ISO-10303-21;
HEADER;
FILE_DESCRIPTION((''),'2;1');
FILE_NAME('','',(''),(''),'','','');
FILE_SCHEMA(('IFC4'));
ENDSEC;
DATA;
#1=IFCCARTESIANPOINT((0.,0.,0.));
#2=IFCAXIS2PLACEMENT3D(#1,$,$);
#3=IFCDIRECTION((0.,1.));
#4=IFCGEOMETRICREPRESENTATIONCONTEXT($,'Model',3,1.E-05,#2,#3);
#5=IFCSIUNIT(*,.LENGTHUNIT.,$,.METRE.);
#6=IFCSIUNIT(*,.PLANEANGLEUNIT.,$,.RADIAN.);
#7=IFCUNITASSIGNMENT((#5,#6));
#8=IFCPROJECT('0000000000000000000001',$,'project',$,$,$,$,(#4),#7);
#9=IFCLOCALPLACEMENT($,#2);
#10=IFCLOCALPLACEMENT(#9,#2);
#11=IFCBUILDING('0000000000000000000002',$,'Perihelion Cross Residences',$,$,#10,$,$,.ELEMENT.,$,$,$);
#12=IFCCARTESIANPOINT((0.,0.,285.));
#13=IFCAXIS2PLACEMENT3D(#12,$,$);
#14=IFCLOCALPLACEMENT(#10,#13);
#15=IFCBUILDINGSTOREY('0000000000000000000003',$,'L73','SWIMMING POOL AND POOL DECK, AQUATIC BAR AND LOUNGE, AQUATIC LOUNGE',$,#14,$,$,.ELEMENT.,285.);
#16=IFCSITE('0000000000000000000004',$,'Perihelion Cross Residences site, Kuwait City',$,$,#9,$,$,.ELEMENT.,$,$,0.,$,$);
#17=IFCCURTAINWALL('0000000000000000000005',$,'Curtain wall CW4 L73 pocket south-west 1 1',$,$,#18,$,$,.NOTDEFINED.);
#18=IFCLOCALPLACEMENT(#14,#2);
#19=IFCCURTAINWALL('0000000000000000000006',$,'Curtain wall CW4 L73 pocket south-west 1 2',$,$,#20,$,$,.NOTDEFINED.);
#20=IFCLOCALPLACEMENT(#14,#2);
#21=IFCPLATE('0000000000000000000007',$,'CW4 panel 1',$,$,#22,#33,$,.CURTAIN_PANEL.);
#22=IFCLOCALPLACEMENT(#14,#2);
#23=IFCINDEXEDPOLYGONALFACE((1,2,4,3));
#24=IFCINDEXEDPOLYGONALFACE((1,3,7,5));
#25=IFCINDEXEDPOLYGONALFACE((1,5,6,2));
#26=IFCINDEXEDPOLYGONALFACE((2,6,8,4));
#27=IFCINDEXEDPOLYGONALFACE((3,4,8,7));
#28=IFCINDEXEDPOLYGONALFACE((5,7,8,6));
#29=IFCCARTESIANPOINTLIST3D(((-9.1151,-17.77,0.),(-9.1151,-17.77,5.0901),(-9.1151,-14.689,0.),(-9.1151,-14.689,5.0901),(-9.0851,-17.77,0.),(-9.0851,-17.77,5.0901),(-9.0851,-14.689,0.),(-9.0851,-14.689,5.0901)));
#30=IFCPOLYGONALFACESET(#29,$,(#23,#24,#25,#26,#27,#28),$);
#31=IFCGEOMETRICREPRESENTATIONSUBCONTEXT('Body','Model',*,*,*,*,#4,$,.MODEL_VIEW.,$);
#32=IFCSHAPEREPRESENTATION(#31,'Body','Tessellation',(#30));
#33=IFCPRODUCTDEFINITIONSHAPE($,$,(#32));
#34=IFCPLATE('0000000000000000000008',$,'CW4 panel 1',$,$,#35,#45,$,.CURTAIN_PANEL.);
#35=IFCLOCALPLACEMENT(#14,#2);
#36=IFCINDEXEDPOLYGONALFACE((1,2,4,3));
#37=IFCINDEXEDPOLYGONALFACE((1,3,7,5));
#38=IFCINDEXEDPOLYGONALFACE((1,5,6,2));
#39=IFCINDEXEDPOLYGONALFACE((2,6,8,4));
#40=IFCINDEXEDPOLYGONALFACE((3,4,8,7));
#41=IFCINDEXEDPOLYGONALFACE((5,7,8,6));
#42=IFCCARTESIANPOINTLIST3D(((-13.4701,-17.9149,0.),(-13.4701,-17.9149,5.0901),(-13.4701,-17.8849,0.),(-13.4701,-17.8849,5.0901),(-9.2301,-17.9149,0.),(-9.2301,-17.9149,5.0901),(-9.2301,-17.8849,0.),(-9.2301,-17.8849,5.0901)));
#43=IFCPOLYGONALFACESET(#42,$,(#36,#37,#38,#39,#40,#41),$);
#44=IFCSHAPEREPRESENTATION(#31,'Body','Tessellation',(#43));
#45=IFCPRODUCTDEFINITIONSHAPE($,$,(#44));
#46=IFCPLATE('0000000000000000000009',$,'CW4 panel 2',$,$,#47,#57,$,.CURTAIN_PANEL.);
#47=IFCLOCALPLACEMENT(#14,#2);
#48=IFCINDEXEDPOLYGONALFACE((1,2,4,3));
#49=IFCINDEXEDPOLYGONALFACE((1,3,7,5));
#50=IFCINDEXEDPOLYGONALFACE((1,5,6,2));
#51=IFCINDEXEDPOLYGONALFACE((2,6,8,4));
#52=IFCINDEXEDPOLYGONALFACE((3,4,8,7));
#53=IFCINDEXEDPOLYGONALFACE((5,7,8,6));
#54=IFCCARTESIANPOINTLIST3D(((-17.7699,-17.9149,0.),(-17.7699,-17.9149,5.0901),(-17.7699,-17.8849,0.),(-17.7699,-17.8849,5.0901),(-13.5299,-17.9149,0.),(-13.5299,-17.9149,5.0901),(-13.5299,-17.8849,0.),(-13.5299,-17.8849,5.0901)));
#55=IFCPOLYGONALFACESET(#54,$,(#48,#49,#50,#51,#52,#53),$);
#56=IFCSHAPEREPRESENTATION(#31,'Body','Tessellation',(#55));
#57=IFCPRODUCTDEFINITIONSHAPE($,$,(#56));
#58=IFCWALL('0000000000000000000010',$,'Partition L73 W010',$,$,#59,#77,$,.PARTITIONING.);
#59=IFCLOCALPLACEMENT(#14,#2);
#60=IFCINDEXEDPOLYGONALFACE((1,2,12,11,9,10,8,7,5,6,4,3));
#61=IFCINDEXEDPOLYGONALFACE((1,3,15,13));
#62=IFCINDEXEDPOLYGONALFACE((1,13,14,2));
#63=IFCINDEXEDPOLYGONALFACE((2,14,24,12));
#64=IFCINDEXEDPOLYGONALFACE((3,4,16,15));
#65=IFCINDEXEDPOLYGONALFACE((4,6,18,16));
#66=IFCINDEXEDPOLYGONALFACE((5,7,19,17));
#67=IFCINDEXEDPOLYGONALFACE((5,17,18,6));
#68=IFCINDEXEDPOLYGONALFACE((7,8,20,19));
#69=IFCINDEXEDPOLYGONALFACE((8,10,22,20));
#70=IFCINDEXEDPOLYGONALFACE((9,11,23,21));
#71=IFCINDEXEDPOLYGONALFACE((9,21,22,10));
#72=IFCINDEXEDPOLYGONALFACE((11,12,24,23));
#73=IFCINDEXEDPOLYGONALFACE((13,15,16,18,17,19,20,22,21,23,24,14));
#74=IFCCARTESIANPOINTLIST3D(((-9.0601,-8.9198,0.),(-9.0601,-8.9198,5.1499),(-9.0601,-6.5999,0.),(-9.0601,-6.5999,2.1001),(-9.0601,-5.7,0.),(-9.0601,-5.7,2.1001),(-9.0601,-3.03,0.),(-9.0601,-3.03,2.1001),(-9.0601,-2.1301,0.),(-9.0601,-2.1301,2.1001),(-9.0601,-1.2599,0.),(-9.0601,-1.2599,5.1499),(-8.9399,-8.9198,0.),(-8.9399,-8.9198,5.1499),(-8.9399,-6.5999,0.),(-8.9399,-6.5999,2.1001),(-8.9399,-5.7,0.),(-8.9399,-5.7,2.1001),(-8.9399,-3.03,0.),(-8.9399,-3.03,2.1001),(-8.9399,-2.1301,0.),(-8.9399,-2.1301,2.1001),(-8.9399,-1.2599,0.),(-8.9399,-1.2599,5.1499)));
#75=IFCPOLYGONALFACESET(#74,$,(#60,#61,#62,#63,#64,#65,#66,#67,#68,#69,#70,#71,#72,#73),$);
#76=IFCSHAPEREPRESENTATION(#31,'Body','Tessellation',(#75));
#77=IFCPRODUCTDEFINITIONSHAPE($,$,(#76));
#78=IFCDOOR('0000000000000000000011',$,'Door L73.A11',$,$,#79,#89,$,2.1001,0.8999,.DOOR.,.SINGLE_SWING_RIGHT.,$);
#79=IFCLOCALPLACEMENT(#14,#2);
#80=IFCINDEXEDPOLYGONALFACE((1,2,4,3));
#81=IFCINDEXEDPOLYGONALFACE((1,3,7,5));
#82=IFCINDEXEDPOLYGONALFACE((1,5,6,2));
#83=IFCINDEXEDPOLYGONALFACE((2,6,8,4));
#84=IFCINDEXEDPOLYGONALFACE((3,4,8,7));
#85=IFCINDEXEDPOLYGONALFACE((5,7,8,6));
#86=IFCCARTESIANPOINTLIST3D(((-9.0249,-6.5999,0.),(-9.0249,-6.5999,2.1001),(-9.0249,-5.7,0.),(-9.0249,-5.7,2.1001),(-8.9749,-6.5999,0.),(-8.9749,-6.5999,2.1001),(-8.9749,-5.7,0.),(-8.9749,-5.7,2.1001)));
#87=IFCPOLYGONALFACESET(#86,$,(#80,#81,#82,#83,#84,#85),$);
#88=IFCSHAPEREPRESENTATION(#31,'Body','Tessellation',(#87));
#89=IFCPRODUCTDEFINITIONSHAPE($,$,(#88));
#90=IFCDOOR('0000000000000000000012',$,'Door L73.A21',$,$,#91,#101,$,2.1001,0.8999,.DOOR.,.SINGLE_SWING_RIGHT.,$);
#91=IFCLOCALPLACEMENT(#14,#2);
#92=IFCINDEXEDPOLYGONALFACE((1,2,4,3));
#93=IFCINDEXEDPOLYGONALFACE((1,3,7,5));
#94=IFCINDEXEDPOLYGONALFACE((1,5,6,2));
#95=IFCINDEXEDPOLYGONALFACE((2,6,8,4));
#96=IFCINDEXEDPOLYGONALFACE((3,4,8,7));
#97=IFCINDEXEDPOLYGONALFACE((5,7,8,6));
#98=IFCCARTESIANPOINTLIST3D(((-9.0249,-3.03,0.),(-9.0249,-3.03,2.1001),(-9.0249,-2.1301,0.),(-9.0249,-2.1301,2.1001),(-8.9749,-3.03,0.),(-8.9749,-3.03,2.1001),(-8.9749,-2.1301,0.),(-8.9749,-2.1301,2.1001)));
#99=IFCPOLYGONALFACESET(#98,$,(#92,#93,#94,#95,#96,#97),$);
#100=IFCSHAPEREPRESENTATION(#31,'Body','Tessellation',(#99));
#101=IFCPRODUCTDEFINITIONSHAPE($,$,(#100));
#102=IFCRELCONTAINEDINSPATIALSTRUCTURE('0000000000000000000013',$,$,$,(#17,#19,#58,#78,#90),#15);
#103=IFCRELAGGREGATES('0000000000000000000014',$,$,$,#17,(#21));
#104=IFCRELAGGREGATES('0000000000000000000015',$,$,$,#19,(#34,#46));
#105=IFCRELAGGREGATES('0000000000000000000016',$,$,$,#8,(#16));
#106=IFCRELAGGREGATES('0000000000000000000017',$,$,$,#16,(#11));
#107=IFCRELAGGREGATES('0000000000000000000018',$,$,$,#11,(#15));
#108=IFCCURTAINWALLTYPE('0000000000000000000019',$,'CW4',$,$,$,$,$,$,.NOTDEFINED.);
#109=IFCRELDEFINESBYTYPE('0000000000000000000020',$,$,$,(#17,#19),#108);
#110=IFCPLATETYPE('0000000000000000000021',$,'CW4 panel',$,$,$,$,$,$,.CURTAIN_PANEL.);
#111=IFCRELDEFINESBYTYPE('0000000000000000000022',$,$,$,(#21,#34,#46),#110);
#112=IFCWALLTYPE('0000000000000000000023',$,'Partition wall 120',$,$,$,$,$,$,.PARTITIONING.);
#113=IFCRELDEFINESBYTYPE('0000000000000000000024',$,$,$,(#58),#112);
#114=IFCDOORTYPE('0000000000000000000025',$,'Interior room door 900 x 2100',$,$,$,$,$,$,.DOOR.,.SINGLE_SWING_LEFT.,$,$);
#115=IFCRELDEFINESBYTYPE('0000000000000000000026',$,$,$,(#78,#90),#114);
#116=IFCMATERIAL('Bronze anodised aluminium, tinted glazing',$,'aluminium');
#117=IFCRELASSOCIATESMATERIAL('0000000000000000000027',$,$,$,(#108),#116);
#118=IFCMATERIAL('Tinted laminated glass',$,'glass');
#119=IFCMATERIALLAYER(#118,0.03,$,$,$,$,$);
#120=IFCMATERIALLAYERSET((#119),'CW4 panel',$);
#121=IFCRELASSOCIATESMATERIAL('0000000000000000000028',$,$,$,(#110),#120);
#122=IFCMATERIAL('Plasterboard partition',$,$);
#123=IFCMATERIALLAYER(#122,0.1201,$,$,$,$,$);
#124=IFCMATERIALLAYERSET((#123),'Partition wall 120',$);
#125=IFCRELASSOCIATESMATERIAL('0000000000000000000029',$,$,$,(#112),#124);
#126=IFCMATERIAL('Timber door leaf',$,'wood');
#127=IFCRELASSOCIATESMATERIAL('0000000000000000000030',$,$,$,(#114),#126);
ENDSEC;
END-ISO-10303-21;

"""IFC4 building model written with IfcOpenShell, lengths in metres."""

from ifc_helpers import new_model, si_unit, direction, frame, frame_2d, origin, origin_2d, place, context, subcontext, project, spatial, rectangle, extrude, material, layer, layer_set, type_object, element, fill, aggregate, save


model = new_model("IFC4")

# Units and contexts
model_context = context("Model", 3, precision=1e-05, world=origin(), true_north=direction((0.0, 1.0)))
body_context = subcontext(model_context, "Body", "Model", "MODEL_VIEW")
ifc_project = project(units=[si_unit("LENGTHUNIT", "METRE"), si_unit("PLANEANGLEUNIT", "RADIAN")], contexts=[model_context])

# Site, building, storey
site_placement = place(None, origin())
site = spatial("IfcSite", under=ifc_project, at=site_placement, Name="Perihelion Cross Residences site, Kuwait City", CompositionType="ELEMENT", RefElevation=0.0)
building_placement = place(site_placement, origin())
building = spatial("IfcBuilding", under=site, at=building_placement, Name="Perihelion Cross Residences", CompositionType="ELEMENT")
storey_placement = place(building_placement, frame((0.0, 0.0, 285.0)))
storey = spatial("IfcBuildingStorey", under=building, at=storey_placement, Name="L73", Description="SWIMMING POOL AND POOL DECK, AQUATIC BAR AND LOUNGE, AQUATIC LOUNGE", CompositionType="ELEMENT", Elevation=285.0)

# Curtain walls
ifc_material_1 = material(Name="Bronze anodised aluminium, tinted glazing", Category="aluminium")
curtain_wall_type_1 = type_object("IfcCurtainWallType", Name="CW4", PredefinedType="NOTDEFINED", material=ifc_material_1)
curtain_wall_1_placement = place(storey_placement, origin())
curtain_wall_1 = element("IfcCurtainWall", 1, at=curtain_wall_1_placement, inside=storey, type_object=curtain_wall_type_1, Name="Curtain wall CW4 L73 pocket south-west 1 1", PredefinedType="NOTDEFINED")
curtain_wall_2_placement = place(storey_placement, origin())
curtain_wall_2 = element("IfcCurtainWall", 2, at=curtain_wall_2_placement, inside=storey, type_object=curtain_wall_type_1, Name="Curtain wall CW4 L73 pocket south-west 1 2", PredefinedType="NOTDEFINED")

# Plates
ifc_material_2 = material(Name="Tinted laminated glass", Category="glass")
ifc_layer_1 = layer(ifc_material_2, 0.03)
ifc_layer_set_1 = layer_set([ifc_layer_1], Name="CW4 panel")
plate_type_1 = type_object("IfcPlateType", Name="CW4 panel", PredefinedType="CURTAIN_PANEL", material=ifc_layer_set_1)
plate_1_placement = place(storey_placement, frame((-9.1001, -16.2295, 0.0), z_axis=(0.0, 0.0, 1.0), x_axis=(0.0, -1.0, 0.0)))
plate_1 = element("IfcPlate", 3, at=plate_1_placement, type_object=plate_type_1, Name="CW4 panel 1", PredefinedType="CURTAIN_PANEL", context=body_context, shape_type="SweptSolid", body=[
    extrude(rectangle(XDim=3.0811, YDim=0.03, at=origin_2d()), origin(), (0.0, 0.0, 1.0), 5.0901),
])
aggregate(curtain_wall_1, [plate_1])
plate_2_placement = place(storey_placement, frame((-11.3501, -17.8999, 0.0), z_axis=(0.0, 0.0, 1.0), x_axis=(-1.0, 0.0, 0.0)))
plate_2 = element("IfcPlate", 4, at=plate_2_placement, type_object=plate_type_1, Name="CW4 panel 1", PredefinedType="CURTAIN_PANEL", context=body_context, shape_type="SweptSolid", body=[
    extrude(rectangle(XDim=4.24, YDim=0.03, at=origin_2d()), origin(), (0.0, 0.0, 1.0), 5.0901),
])
plate_3_placement = place(storey_placement, frame((-15.6499, -17.8999, 0.0), z_axis=(0.0, 0.0, 1.0), x_axis=(-1.0, 0.0, 0.0)))
plate_3 = element("IfcPlate", 5, at=plate_3_placement, type_object=plate_type_1, Name="CW4 panel 2", PredefinedType="CURTAIN_PANEL", context=body_context, shape_type="SweptSolid", body=[
    extrude(rectangle(XDim=4.24, YDim=0.03, at=origin_2d()), origin(), (0.0, 0.0, 1.0), 5.0901),
])
aggregate(curtain_wall_2, [plate_2, plate_3])

# Wall, openings, doors
ifc_material_3 = material(Name="Plasterboard partition")
ifc_layer_2 = layer(ifc_material_3, 0.1201)
ifc_layer_set_2 = layer_set([ifc_layer_2], Name="Partition wall 120")
wall_type_1 = type_object("IfcWallType", Name="Partition wall 120", PredefinedType="PARTITIONING", material=ifc_layer_set_2)
wall_1_placement = place(storey_placement, frame((-9.0, -8.9199, 0.0), z_axis=(0.0, 0.0, 1.0), x_axis=(0.0, 1.0, 0.0)))
wall_1 = element("IfcWall", 6, at=wall_1_placement, inside=storey, type_object=wall_type_1, Name="Partition L73 W010", PredefinedType="PARTITIONING", context=body_context, shape_type="SweptSolid", body=[
    extrude(rectangle(XDim=7.6599, YDim=0.1201, at=frame_2d((3.8301, 0.0))), origin(), (0.0, 0.0, 1.0), 5.1499),
])
opening_1_placement = place(wall_1_placement, frame((2.3201, 0.0, 0.0)))
opening_1 = element("IfcOpeningElement", 7, at=opening_1_placement, cuts=wall_1, PredefinedType="OPENING", context=body_context, shape_type="SweptSolid", body=[
    extrude(rectangle(XDim=0.8999, YDim=2.1001, at=frame_2d((0.45, 1.05))), frame((0.0, 0.0701, 0.0), z_axis=(0.0, -1.0, 0.0), x_axis=(1.0, 0.0, 0.0)), (0.0, 0.0, 1.0), 0.1401),
])
opening_2_placement = place(wall_1_placement, frame((5.8899, 0.0, 0.0)))
opening_2 = element("IfcOpeningElement", 8, at=opening_2_placement, cuts=wall_1, PredefinedType="OPENING", context=body_context, shape_type="SweptSolid", body=[
    extrude(rectangle(XDim=0.8999, YDim=2.1001, at=frame_2d((0.45, 1.05))), frame((0.0, 0.0701, 0.0), z_axis=(0.0, -1.0, 0.0), x_axis=(1.0, 0.0, 0.0)), (0.0, 0.0, 1.0), 0.1401),
])
ifc_material_4 = material(Name="Timber door leaf", Category="wood")
door_type_1 = type_object("IfcDoorType", Name="Interior room door 900 x 2100", OperationType="SINGLE_SWING_LEFT", PredefinedType="DOOR", material=ifc_material_4)
door_1_placement = place(opening_1_placement, origin())
door_1 = element("IfcDoor", 9, at=door_1_placement, inside=storey, type_object=door_type_1, Name="Door L73.A11", OperationType="SINGLE_SWING_RIGHT", OverallHeight=2.1001, OverallWidth=0.8999, PredefinedType="DOOR", context=body_context, shape_type="SweptSolid", body=[
    extrude(rectangle(XDim=0.8999, YDim=2.1001, at=frame_2d((0.45, 1.05))), frame((0.0, 0.0249, 0.0), z_axis=(0.0, -1.0, 0.0), x_axis=(1.0, 0.0, 0.0)), (0.0, 0.0, 1.0), 0.05),
])
fill(opening_1, door_1)
door_2_placement = place(opening_2_placement, origin())
door_2 = element("IfcDoor", 10, at=door_2_placement, inside=storey, type_object=door_type_1, Name="Door L73.A21", OperationType="SINGLE_SWING_RIGHT", OverallHeight=2.1001, OverallWidth=0.8999, PredefinedType="DOOR", context=body_context, shape_type="SweptSolid", body=[
    extrude(rectangle(XDim=0.8999, YDim=2.1001, at=frame_2d((0.45, 1.05))), frame((0.0, 0.0249, 0.0), z_axis=(0.0, -1.0, 0.0), x_axis=(1.0, 0.0, 0.0)), (0.0, 0.0, 1.0), 0.05),
])
fill(opening_2, door_2)

save(model, "model.ifc")
